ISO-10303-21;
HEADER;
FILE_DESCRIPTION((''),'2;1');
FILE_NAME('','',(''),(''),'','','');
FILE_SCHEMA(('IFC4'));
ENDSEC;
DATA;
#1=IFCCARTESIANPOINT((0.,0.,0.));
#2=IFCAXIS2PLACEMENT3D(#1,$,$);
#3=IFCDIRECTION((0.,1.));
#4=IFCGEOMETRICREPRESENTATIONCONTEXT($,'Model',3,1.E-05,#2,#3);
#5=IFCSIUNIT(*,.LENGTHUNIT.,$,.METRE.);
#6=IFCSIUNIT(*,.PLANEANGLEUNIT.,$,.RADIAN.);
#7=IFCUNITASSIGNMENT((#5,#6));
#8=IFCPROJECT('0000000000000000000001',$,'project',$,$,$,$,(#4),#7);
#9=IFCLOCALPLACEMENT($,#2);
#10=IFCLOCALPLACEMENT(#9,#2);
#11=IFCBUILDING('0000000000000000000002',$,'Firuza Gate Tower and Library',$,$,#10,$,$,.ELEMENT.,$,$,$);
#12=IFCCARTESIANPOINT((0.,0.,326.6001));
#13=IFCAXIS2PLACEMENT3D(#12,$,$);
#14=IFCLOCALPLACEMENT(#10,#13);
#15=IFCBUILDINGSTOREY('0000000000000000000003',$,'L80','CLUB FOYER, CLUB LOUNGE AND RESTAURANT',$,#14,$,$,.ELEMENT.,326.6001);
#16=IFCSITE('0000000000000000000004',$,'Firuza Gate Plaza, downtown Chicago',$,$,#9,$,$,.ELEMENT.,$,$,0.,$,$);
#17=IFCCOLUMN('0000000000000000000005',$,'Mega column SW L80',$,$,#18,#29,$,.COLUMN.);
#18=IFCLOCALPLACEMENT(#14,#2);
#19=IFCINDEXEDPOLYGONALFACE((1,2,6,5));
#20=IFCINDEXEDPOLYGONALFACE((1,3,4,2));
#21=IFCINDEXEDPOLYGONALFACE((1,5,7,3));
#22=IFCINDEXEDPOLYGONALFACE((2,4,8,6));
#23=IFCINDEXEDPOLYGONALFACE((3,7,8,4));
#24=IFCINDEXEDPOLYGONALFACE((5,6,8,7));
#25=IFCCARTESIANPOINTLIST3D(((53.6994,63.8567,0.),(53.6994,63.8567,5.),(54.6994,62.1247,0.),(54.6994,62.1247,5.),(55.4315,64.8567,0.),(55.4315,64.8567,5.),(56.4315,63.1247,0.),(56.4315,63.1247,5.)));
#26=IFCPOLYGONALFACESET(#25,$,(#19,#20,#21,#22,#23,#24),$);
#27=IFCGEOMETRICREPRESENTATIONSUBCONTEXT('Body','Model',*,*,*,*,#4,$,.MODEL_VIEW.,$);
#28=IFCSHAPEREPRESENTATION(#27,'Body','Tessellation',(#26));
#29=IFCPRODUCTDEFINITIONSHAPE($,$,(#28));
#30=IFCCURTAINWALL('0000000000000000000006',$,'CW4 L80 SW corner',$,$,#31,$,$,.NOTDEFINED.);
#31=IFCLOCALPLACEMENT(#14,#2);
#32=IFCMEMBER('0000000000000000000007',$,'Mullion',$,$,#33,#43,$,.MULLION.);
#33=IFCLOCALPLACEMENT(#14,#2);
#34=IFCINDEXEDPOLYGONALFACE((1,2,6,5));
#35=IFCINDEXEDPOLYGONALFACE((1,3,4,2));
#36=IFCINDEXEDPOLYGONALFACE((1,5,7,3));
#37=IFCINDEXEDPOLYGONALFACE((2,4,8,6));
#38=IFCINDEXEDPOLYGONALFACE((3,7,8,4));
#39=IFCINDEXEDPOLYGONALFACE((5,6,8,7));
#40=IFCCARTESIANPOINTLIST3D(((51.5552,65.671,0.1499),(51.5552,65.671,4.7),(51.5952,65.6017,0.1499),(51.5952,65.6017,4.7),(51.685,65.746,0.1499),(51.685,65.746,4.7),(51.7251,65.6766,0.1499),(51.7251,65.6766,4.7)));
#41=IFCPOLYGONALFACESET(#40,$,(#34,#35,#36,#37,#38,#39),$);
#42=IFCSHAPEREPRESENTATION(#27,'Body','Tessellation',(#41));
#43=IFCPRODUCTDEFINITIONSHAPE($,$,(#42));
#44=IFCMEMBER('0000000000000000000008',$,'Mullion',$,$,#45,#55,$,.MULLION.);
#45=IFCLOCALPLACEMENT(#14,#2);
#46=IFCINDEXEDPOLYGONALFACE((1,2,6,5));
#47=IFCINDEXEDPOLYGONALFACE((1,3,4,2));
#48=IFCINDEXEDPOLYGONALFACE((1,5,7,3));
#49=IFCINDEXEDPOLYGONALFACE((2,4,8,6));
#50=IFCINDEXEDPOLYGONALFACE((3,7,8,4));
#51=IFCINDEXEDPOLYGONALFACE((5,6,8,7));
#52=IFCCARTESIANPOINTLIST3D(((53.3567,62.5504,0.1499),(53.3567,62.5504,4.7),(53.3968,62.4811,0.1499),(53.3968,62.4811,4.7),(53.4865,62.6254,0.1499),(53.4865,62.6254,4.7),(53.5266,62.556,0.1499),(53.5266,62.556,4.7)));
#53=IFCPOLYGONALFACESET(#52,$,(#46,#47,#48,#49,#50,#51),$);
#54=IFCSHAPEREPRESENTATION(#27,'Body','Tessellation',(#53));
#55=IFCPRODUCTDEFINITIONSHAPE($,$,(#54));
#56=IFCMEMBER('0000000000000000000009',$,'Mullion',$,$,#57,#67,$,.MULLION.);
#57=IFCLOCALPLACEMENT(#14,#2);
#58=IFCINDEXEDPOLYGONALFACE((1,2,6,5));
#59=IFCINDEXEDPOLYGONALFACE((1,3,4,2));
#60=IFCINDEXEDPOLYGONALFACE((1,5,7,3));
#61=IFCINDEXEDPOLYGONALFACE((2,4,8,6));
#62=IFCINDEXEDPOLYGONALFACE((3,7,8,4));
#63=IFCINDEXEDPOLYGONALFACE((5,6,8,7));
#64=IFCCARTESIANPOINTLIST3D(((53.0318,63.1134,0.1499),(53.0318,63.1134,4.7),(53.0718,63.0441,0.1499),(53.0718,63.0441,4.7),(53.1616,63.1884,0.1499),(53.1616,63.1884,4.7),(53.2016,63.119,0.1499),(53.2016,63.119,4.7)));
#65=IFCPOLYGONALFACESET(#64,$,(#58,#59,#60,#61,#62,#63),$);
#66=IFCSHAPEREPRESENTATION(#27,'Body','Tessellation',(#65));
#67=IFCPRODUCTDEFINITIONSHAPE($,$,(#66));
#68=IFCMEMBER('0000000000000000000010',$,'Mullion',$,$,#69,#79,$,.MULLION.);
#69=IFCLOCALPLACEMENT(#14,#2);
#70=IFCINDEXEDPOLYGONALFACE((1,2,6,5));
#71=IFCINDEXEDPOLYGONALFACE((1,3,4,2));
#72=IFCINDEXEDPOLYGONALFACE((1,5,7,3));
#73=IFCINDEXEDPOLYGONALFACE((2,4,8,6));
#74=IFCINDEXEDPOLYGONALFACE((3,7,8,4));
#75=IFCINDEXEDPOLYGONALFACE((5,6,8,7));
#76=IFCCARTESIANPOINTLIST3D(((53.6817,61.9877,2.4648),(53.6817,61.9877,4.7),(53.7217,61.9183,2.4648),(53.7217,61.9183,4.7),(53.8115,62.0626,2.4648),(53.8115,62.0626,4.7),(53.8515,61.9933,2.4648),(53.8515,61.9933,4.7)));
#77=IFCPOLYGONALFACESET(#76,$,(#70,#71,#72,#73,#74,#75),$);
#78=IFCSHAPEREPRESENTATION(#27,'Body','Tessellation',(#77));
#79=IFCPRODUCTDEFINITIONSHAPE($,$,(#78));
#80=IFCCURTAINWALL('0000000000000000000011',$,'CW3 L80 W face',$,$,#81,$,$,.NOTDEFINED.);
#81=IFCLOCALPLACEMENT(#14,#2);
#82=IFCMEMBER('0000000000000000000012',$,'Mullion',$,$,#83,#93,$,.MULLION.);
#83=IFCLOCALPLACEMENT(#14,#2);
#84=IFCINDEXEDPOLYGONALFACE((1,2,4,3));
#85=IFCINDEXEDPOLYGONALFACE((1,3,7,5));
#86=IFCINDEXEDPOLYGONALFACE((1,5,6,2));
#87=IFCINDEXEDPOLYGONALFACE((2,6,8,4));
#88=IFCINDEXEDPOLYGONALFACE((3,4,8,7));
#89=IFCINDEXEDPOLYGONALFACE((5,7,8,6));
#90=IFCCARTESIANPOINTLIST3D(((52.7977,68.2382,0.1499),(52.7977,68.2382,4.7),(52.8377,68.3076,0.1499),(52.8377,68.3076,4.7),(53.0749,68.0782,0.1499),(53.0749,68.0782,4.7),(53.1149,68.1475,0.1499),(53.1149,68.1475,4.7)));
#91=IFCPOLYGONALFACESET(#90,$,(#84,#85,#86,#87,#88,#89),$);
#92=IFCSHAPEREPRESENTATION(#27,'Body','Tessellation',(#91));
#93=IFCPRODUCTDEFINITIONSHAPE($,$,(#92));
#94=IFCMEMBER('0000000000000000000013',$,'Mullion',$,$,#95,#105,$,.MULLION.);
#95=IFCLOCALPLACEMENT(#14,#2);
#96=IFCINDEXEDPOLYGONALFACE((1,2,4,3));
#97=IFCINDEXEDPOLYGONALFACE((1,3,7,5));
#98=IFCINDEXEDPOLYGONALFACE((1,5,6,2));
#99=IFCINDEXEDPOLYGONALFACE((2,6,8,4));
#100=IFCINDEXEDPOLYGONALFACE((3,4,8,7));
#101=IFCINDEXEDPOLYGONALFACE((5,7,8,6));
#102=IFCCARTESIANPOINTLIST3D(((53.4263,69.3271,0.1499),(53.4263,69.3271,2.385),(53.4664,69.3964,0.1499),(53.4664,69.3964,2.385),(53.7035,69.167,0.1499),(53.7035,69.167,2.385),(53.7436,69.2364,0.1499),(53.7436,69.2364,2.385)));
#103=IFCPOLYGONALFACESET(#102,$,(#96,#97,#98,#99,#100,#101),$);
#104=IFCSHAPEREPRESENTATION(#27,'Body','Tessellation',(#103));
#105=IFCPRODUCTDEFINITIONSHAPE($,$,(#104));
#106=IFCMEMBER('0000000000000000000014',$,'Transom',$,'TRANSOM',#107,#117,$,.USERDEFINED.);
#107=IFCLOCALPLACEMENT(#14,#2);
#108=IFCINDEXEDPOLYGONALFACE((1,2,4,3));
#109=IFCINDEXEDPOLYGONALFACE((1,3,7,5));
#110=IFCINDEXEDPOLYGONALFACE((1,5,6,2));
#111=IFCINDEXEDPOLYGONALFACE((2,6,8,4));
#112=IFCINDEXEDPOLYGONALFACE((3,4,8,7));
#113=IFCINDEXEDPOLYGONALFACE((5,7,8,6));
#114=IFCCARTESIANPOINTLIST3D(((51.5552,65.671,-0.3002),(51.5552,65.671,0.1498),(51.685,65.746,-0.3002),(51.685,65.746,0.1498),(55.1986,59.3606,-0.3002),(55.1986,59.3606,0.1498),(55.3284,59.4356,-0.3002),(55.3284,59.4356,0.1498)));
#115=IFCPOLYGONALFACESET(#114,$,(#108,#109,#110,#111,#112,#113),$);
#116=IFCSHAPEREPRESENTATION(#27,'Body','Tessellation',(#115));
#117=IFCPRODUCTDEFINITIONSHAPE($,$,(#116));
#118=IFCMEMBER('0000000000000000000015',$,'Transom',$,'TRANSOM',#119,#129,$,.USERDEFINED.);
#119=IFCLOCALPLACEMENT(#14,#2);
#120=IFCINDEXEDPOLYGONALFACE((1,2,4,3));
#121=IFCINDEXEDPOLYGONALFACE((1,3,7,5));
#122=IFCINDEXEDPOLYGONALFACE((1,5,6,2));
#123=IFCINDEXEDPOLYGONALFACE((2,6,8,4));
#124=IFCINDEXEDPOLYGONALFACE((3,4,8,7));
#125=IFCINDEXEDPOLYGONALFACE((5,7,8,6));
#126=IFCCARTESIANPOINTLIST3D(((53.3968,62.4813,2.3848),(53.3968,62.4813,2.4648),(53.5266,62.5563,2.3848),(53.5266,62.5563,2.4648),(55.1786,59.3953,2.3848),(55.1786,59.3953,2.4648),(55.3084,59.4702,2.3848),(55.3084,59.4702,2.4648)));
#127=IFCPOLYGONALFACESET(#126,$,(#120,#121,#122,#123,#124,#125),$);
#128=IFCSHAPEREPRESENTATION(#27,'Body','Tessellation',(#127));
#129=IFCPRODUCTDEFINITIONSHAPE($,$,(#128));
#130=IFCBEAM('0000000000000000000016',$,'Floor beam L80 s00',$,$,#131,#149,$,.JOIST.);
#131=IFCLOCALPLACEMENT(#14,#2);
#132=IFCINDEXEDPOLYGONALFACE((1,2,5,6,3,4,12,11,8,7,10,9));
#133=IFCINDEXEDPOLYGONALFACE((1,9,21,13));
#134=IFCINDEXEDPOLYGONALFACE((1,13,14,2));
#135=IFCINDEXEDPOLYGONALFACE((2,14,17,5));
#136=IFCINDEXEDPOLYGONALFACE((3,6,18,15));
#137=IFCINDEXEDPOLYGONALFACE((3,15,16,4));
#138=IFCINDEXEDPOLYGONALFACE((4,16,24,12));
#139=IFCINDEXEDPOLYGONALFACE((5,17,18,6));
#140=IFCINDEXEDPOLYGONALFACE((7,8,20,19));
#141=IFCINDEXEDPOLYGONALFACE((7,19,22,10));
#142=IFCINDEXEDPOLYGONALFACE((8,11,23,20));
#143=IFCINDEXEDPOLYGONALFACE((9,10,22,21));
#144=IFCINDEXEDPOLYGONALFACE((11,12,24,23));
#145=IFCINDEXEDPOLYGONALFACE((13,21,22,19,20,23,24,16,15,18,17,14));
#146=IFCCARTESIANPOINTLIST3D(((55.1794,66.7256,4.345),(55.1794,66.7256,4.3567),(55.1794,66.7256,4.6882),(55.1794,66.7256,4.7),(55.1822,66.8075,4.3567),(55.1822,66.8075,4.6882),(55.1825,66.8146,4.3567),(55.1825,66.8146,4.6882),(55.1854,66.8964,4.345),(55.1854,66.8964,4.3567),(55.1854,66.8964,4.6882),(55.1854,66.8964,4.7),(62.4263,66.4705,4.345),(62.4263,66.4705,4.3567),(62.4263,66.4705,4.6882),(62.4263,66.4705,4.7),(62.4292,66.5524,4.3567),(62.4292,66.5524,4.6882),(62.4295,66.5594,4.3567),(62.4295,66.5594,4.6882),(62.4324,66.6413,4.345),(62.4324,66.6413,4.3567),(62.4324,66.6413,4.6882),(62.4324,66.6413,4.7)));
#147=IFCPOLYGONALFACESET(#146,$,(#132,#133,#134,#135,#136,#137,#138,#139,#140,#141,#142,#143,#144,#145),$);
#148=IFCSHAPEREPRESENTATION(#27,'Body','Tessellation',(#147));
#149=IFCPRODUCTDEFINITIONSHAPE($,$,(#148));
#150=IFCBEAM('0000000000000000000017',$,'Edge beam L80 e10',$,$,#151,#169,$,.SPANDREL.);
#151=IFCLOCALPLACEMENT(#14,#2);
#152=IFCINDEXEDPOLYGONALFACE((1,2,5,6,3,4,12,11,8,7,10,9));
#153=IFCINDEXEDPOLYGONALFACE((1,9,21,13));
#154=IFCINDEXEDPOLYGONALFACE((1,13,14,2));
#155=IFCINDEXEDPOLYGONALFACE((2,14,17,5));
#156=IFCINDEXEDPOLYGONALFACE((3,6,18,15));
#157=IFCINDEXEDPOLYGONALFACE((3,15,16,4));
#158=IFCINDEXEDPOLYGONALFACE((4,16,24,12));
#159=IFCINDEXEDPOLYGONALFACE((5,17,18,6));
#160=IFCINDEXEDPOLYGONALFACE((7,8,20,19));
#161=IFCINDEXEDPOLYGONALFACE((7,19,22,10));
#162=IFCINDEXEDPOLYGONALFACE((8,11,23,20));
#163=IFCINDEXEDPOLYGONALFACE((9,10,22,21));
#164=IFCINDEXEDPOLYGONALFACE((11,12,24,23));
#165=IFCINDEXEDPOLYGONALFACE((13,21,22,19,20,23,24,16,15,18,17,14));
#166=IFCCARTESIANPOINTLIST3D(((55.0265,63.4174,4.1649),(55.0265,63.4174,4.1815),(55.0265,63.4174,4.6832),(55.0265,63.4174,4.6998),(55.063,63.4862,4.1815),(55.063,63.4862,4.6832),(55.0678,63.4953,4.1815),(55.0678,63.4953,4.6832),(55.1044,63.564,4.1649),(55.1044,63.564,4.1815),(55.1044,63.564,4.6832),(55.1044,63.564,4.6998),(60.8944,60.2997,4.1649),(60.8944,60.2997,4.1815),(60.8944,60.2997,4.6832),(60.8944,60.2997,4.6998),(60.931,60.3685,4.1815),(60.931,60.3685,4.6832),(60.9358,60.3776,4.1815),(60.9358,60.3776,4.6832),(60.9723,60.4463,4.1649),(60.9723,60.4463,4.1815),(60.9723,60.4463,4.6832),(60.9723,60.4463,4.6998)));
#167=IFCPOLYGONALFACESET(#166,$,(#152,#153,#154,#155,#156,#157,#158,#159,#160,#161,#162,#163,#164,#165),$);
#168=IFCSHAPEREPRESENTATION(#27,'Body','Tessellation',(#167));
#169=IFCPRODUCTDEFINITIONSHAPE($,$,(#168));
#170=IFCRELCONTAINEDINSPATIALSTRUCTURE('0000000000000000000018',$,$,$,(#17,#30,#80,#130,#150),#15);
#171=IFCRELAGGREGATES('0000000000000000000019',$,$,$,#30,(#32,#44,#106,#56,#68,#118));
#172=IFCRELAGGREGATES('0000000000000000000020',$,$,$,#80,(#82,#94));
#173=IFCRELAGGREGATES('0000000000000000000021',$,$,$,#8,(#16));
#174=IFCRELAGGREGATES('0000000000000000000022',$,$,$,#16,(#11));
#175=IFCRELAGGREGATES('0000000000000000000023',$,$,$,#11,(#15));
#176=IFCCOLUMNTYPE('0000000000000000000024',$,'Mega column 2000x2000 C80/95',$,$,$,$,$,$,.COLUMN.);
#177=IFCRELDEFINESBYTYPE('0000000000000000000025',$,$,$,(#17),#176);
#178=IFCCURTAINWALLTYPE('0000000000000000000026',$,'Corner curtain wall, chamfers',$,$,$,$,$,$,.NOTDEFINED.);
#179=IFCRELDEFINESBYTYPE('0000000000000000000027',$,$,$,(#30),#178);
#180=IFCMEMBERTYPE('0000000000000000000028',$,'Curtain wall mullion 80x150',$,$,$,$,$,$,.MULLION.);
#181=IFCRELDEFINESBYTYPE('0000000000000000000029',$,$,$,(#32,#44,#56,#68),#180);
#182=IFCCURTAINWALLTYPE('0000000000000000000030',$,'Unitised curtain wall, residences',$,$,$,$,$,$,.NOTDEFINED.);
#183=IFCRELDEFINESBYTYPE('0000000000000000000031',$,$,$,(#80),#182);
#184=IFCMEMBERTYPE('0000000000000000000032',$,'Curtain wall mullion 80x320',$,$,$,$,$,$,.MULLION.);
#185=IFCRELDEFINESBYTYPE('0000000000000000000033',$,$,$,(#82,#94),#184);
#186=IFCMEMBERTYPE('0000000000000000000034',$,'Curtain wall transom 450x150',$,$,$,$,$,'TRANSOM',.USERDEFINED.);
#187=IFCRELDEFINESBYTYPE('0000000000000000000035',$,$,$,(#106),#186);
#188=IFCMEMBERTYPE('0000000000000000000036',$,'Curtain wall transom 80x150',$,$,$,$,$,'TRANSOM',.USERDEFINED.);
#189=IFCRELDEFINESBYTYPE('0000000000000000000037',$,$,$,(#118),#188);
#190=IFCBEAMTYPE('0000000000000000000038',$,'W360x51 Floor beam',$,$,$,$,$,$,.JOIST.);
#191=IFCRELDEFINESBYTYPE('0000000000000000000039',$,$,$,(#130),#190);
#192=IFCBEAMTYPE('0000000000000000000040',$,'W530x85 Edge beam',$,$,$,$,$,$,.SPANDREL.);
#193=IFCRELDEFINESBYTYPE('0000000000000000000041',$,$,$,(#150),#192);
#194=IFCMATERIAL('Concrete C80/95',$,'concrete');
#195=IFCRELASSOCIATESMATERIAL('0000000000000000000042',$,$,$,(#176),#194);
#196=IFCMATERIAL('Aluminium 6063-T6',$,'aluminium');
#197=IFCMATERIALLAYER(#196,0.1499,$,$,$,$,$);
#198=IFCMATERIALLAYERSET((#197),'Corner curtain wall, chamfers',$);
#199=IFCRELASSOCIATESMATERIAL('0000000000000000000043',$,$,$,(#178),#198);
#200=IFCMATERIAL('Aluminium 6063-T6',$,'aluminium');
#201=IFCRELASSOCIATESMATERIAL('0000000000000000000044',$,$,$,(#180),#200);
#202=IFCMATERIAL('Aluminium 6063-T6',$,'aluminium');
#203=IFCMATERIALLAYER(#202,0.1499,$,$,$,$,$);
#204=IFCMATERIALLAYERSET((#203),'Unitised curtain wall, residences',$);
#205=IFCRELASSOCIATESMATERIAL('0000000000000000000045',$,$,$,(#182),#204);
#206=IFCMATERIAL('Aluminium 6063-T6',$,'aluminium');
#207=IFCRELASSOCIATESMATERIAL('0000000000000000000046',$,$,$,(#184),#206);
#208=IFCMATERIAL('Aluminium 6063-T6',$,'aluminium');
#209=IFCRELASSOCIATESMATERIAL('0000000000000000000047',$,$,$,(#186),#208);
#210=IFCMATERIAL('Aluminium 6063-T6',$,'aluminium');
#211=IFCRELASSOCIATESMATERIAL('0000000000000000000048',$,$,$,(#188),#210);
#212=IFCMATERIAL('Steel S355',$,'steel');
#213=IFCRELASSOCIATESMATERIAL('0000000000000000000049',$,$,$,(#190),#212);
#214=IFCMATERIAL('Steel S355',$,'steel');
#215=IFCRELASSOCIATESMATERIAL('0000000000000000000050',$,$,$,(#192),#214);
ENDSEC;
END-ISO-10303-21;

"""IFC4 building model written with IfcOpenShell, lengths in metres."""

from ifc_helpers import new_model, si_unit, direction, frame, origin, origin_2d, place, context, subcontext, project, spatial, rectangle, i_section, extrude, material, layer, layer_set, material_profile, profile_set, type_object, element, aggregate, save


model = new_model("IFC4")

# Units and contexts
model_context = context("Model", 3, precision=1e-05, world=origin(), true_north=direction((0.0, 1.0)))
body_context = subcontext(model_context, "Body", "Model", "MODEL_VIEW")
ifc_project = project(units=[si_unit("LENGTHUNIT", "METRE"), si_unit("PLANEANGLEUNIT", "RADIAN")], contexts=[model_context])

# Site, building, storey
site_placement = place(None, origin())
site = spatial("IfcSite", under=ifc_project, at=site_placement, Name="Firuza Gate Plaza, downtown Chicago", CompositionType="ELEMENT", RefElevation=0.0)
building_placement = place(site_placement, origin())
building = spatial("IfcBuilding", under=site, at=building_placement, Name="Firuza Gate Tower and Library", CompositionType="ELEMENT")
storey_placement = place(building_placement, frame((0.0, 0.0, 326.6001)))
storey = spatial("IfcBuildingStorey", under=building, at=storey_placement, Name="L80", Description="CLUB FOYER, CLUB LOUNGE AND RESTAURANT", CompositionType="ELEMENT", Elevation=326.6001)

# Column
ifc_material_1 = material(Name="Concrete C80/95", Category="concrete")
ifc_material_profile_1 = material_profile(ifc_material_1, rectangle(XDim=2.0, YDim=2.0, at=origin_2d()))
ifc_profile_set_1 = profile_set([ifc_material_profile_1], Name="Concrete C80/95")
column_type = type_object("IfcColumnType", Name="Mega column 2000x2000 C80/95", PredefinedType="COLUMN", material=ifc_profile_set_1)
column_placement = place(storey_placement, frame((55.0654, 63.4907, 0.0), z_axis=(0.0, 0.0, 1.0), x_axis=(0.5, -0.866025, 0.0)))
element("IfcColumn", 1, at=column_placement, inside=storey, type_object=column_type, Name="Mega column SW L80", PredefinedType="COLUMN", context=body_context, shape_type="SweptSolid", body=[
    extrude(rectangle(XDim=2.0, YDim=2.0, at=origin_2d()), origin(), (0.0, 0.0, 1.0), 5.0),
])

# Curtain walls, members
ifc_material_2 = material(Name="Aluminium 6063-T6", Category="aluminium")
ifc_layer_1 = layer(ifc_material_2, 0.1499)
ifc_layer_set_1 = layer_set([ifc_layer_1], Name="Corner curtain wall, chamfers")
curtain_wall_type_1 = type_object("IfcCurtainWallType", Name="Corner curtain wall, chamfers", PredefinedType="NOTDEFINED", material=ifc_layer_set_1)
placement = place(storey_placement, origin())
curtain_wall_1 = element("IfcCurtainWall", 2, at=placement, inside=storey, type_object=curtain_wall_type_1, Name="CW4 L80 SW corner", PredefinedType="NOTDEFINED")
ifc_material_3 = material(Name="Aluminium 6063-T6", Category="aluminium")
ifc_material_profile_2 = material_profile(ifc_material_3, rectangle(XDim=0.1499, YDim=0.0801, at=origin_2d()))
ifc_profile_set_2 = profile_set([ifc_material_profile_2], Name="Aluminium 6063-T6")
member_type_1 = type_object("IfcMemberType", Name="Curtain wall mullion 80x150", PredefinedType="MULLION", material=ifc_profile_set_2)
member_1_placement = place(storey_placement, frame((51.6401, 65.6738, 0.1499), z_axis=(0.0, 0.0, 1.0), x_axis=(0.866025, 0.5, 0.0)))
member_1 = element("IfcMember", 3, at=member_1_placement, type_object=member_type_1, Name="Mullion", PredefinedType="MULLION", context=body_context, shape_type="SweptSolid", body=[
    extrude(rectangle(XDim=0.1499, YDim=0.0801, at=origin_2d()), origin(), (0.0, 0.0, 1.0), 4.55),
])
member_2_placement = place(storey_placement, frame((53.4417, 62.5532, 0.1499), z_axis=(0.0, 0.0, 1.0), x_axis=(0.866025, 0.5, 0.0)))
member_2 = element("IfcMember", 4, at=member_2_placement, type_object=member_type_1, Name="Mullion", PredefinedType="MULLION", context=body_context, shape_type="SweptSolid", body=[
    extrude(rectangle(XDim=0.1499, YDim=0.0801, at=origin_2d()), origin(), (0.0, 0.0, 1.0), 4.55),
])
member_3_placement = place(storey_placement, frame((53.1167, 63.1162, 0.1499), z_axis=(0.0, 0.0, 1.0), x_axis=(0.866025, 0.5, 0.0)))
member_3 = element("IfcMember", 5, at=member_3_placement, type_object=member_type_1, Name="Mullion", PredefinedType="MULLION", context=body_context, shape_type="SweptSolid", body=[
    extrude(rectangle(XDim=0.1499, YDim=0.0801, at=origin_2d()), origin(), (0.0, 0.0, 1.0), 4.55),
])
member_4_placement = place(storey_placement, frame((53.7666, 61.9905, 2.4648), z_axis=(0.0, 0.0, 1.0), x_axis=(0.866025, 0.5, 0.0)))
member_4 = element("IfcMember", 6, at=member_4_placement, type_object=member_type_1, Name="Mullion", PredefinedType="MULLION", context=body_context, shape_type="SweptSolid", body=[
    extrude(rectangle(XDim=0.1499, YDim=0.0801, at=origin_2d()), origin(), (0.0, 0.0, 1.0), 2.2351),
])
ifc_material_4 = material(Name="Aluminium 6063-T6", Category="aluminium")
ifc_layer_2 = layer(ifc_material_4, 0.1499)
ifc_layer_set_2 = layer_set([ifc_layer_2], Name="Unitised curtain wall, residences")
curtain_wall_type_2 = type_object("IfcCurtainWallType", Name="Unitised curtain wall, residences", PredefinedType="NOTDEFINED", material=ifc_layer_set_2)
curtain_wall_2 = element("IfcCurtainWall", 7, at=placement, inside=storey, type_object=curtain_wall_type_2, Name="CW3 L80 W face", PredefinedType="NOTDEFINED")
ifc_material_5 = material(Name="Aluminium 6063-T6", Category="aluminium")
ifc_material_profile_3 = material_profile(ifc_material_5, rectangle(XDim=0.3201, YDim=0.0801, at=origin_2d()))
ifc_profile_set_3 = profile_set([ifc_material_profile_3], Name="Aluminium 6063-T6")
member_type_2 = type_object("IfcMemberType", Name="Curtain wall mullion 80x320", PredefinedType="MULLION", material=ifc_profile_set_3)
member_5_placement = place(storey_placement, frame((52.9563, 68.1929, 0.1499), z_axis=(0.0, 0.0, 1.0), x_axis=(0.866025, -0.5, 0.0)))
member_5 = element("IfcMember", 8, at=member_5_placement, type_object=member_type_2, Name="Mullion", PredefinedType="MULLION", context=body_context, shape_type="SweptSolid", body=[
    extrude(rectangle(XDim=0.3201, YDim=0.0801, at=origin_2d()), origin(), (0.0, 0.0, 1.0), 4.55),
])
member_6_placement = place(storey_placement, frame((53.585, 69.2817, 0.1499), z_axis=(0.0, 0.0, 1.0), x_axis=(0.866025, -0.5, 0.0)))
member_6 = element("IfcMember", 9, at=member_6_placement, type_object=member_type_2, Name="Mullion", PredefinedType="MULLION", context=body_context, shape_type="SweptSolid", body=[
    extrude(rectangle(XDim=0.3201, YDim=0.0801, at=origin_2d()), origin(), (0.0, 0.0, 1.0), 2.2351),
])

# Members
ifc_material_6 = material(Name="Aluminium 6063-T6", Category="aluminium")
ifc_material_profile_4 = material_profile(ifc_material_6, rectangle(XDim=0.1499, YDim=0.45, at=origin_2d()))
ifc_profile_set_4 = profile_set([ifc_material_profile_4], Name="Aluminium 6063-T6")
member_type_3 = type_object("IfcMemberType", Name="Curtain wall transom 450x150", ElementType="TRANSOM", PredefinedType="USERDEFINED", material=ifc_profile_set_4)
member_7_placement = place(storey_placement, frame((51.6201, 65.7085, -0.0752), z_axis=(0.500006, -0.866022, 0.0), x_axis=(0.866022, 0.500006, 0.0)))
member_7 = element("IfcMember", 10, at=member_7_placement, type_object=member_type_3, Name="Transom", ObjectType="TRANSOM", PredefinedType="USERDEFINED", context=body_context, shape_type="SweptSolid", body=[
    extrude(rectangle(XDim=0.1499, YDim=0.45, at=origin_2d()), origin(), (0.0, 0.0, 1.0), 7.2866),
])
ifc_material_7 = material(Name="Aluminium 6063-T6", Category="aluminium")
ifc_material_profile_5 = material_profile(ifc_material_7, rectangle(XDim=0.1499, YDim=0.0801, at=origin_2d()))
ifc_profile_set_5 = profile_set([ifc_material_profile_5], Name="Aluminium 6063-T6")
member_type_4 = type_object("IfcMemberType", Name="Curtain wall transom 80x150", ElementType="TRANSOM", PredefinedType="USERDEFINED", material=ifc_profile_set_5)
member_8_placement = place(storey_placement, frame((53.4617, 62.5188, 2.4248), z_axis=(0.500015, -0.866017, 0.0), x_axis=(0.866017, 0.500015, 0.0)))
member_8 = element("IfcMember", 11, at=member_8_placement, type_object=member_type_4, Name="Transom", ObjectType="TRANSOM", PredefinedType="USERDEFINED", context=body_context, shape_type="SweptSolid", body=[
    extrude(rectangle(XDim=0.1499, YDim=0.0801, at=origin_2d()), origin(), (0.0, 0.0, 1.0), 3.5635),
])

# Beams
ifc_material_8 = material(Name="Steel S355", Category="steel")
ifc_material_profile_6 = material_profile(ifc_material_8, i_section(OverallWidth=0.1709, OverallDepth=0.355, WebThickness=0.0071, FlangeThickness=0.0117, at=origin_2d()))
ifc_profile_set_6 = profile_set([ifc_material_profile_6], Name="Steel S355")
beam_type_1 = type_object("IfcBeamType", Name="W360x51 Floor beam", PredefinedType="JOIST", material=ifc_profile_set_6)
beam_1_placement = place(storey_placement, frame((55.1824, 66.811, 4.5225), z_axis=(0.999381, -0.035182, 0.0), x_axis=(0.035182, 0.999381, 0.0)))
element("IfcBeam", 12, at=beam_1_placement, inside=storey, type_object=beam_type_1, Name="Floor beam L80 s00", PredefinedType="JOIST", context=body_context, shape_type="SweptSolid", body=[
    extrude(i_section(OverallWidth=0.1709, OverallDepth=0.355, WebThickness=0.0071, FlangeThickness=0.0117, at=origin_2d()), origin(), (0.0, 0.0, 1.0), 7.2515),
])
ifc_material_9 = material(Name="Steel S355", Category="steel")
ifc_material_profile_7 = material_profile(ifc_material_9, i_section(OverallWidth=0.166, OverallDepth=0.5349, WebThickness=0.0103, FlangeThickness=0.0166, at=origin_2d()))
ifc_profile_set_7 = profile_set([ifc_material_profile_7], Name="Steel S355")
beam_type_2 = type_object("IfcBeamType", Name="W530x85 Edge beam", PredefinedType="SPANDREL", material=ifc_profile_set_7)
beam_2_placement = place(storey_placement, frame((55.0654, 63.4907, 4.4324), z_axis=(0.883094, -0.469196, 0.0), x_axis=(0.469196, 0.883094, 0.0)))
element("IfcBeam", 13, at=beam_2_placement, inside=storey, type_object=beam_type_2, Name="Edge beam L80 e10", PredefinedType="SPANDREL", context=body_context, shape_type="SweptSolid", body=[
    extrude(i_section(OverallWidth=0.166, OverallDepth=0.5349, WebThickness=0.0103, FlangeThickness=0.0166, at=origin_2d()), origin(), (0.0, 0.0, 1.0), 6.6448),
])

aggregate(curtain_wall_1, [member_1, member_2, member_7, member_3, member_4, member_8])
aggregate(curtain_wall_2, [member_5, member_6])

save(model, "model.ifc")
